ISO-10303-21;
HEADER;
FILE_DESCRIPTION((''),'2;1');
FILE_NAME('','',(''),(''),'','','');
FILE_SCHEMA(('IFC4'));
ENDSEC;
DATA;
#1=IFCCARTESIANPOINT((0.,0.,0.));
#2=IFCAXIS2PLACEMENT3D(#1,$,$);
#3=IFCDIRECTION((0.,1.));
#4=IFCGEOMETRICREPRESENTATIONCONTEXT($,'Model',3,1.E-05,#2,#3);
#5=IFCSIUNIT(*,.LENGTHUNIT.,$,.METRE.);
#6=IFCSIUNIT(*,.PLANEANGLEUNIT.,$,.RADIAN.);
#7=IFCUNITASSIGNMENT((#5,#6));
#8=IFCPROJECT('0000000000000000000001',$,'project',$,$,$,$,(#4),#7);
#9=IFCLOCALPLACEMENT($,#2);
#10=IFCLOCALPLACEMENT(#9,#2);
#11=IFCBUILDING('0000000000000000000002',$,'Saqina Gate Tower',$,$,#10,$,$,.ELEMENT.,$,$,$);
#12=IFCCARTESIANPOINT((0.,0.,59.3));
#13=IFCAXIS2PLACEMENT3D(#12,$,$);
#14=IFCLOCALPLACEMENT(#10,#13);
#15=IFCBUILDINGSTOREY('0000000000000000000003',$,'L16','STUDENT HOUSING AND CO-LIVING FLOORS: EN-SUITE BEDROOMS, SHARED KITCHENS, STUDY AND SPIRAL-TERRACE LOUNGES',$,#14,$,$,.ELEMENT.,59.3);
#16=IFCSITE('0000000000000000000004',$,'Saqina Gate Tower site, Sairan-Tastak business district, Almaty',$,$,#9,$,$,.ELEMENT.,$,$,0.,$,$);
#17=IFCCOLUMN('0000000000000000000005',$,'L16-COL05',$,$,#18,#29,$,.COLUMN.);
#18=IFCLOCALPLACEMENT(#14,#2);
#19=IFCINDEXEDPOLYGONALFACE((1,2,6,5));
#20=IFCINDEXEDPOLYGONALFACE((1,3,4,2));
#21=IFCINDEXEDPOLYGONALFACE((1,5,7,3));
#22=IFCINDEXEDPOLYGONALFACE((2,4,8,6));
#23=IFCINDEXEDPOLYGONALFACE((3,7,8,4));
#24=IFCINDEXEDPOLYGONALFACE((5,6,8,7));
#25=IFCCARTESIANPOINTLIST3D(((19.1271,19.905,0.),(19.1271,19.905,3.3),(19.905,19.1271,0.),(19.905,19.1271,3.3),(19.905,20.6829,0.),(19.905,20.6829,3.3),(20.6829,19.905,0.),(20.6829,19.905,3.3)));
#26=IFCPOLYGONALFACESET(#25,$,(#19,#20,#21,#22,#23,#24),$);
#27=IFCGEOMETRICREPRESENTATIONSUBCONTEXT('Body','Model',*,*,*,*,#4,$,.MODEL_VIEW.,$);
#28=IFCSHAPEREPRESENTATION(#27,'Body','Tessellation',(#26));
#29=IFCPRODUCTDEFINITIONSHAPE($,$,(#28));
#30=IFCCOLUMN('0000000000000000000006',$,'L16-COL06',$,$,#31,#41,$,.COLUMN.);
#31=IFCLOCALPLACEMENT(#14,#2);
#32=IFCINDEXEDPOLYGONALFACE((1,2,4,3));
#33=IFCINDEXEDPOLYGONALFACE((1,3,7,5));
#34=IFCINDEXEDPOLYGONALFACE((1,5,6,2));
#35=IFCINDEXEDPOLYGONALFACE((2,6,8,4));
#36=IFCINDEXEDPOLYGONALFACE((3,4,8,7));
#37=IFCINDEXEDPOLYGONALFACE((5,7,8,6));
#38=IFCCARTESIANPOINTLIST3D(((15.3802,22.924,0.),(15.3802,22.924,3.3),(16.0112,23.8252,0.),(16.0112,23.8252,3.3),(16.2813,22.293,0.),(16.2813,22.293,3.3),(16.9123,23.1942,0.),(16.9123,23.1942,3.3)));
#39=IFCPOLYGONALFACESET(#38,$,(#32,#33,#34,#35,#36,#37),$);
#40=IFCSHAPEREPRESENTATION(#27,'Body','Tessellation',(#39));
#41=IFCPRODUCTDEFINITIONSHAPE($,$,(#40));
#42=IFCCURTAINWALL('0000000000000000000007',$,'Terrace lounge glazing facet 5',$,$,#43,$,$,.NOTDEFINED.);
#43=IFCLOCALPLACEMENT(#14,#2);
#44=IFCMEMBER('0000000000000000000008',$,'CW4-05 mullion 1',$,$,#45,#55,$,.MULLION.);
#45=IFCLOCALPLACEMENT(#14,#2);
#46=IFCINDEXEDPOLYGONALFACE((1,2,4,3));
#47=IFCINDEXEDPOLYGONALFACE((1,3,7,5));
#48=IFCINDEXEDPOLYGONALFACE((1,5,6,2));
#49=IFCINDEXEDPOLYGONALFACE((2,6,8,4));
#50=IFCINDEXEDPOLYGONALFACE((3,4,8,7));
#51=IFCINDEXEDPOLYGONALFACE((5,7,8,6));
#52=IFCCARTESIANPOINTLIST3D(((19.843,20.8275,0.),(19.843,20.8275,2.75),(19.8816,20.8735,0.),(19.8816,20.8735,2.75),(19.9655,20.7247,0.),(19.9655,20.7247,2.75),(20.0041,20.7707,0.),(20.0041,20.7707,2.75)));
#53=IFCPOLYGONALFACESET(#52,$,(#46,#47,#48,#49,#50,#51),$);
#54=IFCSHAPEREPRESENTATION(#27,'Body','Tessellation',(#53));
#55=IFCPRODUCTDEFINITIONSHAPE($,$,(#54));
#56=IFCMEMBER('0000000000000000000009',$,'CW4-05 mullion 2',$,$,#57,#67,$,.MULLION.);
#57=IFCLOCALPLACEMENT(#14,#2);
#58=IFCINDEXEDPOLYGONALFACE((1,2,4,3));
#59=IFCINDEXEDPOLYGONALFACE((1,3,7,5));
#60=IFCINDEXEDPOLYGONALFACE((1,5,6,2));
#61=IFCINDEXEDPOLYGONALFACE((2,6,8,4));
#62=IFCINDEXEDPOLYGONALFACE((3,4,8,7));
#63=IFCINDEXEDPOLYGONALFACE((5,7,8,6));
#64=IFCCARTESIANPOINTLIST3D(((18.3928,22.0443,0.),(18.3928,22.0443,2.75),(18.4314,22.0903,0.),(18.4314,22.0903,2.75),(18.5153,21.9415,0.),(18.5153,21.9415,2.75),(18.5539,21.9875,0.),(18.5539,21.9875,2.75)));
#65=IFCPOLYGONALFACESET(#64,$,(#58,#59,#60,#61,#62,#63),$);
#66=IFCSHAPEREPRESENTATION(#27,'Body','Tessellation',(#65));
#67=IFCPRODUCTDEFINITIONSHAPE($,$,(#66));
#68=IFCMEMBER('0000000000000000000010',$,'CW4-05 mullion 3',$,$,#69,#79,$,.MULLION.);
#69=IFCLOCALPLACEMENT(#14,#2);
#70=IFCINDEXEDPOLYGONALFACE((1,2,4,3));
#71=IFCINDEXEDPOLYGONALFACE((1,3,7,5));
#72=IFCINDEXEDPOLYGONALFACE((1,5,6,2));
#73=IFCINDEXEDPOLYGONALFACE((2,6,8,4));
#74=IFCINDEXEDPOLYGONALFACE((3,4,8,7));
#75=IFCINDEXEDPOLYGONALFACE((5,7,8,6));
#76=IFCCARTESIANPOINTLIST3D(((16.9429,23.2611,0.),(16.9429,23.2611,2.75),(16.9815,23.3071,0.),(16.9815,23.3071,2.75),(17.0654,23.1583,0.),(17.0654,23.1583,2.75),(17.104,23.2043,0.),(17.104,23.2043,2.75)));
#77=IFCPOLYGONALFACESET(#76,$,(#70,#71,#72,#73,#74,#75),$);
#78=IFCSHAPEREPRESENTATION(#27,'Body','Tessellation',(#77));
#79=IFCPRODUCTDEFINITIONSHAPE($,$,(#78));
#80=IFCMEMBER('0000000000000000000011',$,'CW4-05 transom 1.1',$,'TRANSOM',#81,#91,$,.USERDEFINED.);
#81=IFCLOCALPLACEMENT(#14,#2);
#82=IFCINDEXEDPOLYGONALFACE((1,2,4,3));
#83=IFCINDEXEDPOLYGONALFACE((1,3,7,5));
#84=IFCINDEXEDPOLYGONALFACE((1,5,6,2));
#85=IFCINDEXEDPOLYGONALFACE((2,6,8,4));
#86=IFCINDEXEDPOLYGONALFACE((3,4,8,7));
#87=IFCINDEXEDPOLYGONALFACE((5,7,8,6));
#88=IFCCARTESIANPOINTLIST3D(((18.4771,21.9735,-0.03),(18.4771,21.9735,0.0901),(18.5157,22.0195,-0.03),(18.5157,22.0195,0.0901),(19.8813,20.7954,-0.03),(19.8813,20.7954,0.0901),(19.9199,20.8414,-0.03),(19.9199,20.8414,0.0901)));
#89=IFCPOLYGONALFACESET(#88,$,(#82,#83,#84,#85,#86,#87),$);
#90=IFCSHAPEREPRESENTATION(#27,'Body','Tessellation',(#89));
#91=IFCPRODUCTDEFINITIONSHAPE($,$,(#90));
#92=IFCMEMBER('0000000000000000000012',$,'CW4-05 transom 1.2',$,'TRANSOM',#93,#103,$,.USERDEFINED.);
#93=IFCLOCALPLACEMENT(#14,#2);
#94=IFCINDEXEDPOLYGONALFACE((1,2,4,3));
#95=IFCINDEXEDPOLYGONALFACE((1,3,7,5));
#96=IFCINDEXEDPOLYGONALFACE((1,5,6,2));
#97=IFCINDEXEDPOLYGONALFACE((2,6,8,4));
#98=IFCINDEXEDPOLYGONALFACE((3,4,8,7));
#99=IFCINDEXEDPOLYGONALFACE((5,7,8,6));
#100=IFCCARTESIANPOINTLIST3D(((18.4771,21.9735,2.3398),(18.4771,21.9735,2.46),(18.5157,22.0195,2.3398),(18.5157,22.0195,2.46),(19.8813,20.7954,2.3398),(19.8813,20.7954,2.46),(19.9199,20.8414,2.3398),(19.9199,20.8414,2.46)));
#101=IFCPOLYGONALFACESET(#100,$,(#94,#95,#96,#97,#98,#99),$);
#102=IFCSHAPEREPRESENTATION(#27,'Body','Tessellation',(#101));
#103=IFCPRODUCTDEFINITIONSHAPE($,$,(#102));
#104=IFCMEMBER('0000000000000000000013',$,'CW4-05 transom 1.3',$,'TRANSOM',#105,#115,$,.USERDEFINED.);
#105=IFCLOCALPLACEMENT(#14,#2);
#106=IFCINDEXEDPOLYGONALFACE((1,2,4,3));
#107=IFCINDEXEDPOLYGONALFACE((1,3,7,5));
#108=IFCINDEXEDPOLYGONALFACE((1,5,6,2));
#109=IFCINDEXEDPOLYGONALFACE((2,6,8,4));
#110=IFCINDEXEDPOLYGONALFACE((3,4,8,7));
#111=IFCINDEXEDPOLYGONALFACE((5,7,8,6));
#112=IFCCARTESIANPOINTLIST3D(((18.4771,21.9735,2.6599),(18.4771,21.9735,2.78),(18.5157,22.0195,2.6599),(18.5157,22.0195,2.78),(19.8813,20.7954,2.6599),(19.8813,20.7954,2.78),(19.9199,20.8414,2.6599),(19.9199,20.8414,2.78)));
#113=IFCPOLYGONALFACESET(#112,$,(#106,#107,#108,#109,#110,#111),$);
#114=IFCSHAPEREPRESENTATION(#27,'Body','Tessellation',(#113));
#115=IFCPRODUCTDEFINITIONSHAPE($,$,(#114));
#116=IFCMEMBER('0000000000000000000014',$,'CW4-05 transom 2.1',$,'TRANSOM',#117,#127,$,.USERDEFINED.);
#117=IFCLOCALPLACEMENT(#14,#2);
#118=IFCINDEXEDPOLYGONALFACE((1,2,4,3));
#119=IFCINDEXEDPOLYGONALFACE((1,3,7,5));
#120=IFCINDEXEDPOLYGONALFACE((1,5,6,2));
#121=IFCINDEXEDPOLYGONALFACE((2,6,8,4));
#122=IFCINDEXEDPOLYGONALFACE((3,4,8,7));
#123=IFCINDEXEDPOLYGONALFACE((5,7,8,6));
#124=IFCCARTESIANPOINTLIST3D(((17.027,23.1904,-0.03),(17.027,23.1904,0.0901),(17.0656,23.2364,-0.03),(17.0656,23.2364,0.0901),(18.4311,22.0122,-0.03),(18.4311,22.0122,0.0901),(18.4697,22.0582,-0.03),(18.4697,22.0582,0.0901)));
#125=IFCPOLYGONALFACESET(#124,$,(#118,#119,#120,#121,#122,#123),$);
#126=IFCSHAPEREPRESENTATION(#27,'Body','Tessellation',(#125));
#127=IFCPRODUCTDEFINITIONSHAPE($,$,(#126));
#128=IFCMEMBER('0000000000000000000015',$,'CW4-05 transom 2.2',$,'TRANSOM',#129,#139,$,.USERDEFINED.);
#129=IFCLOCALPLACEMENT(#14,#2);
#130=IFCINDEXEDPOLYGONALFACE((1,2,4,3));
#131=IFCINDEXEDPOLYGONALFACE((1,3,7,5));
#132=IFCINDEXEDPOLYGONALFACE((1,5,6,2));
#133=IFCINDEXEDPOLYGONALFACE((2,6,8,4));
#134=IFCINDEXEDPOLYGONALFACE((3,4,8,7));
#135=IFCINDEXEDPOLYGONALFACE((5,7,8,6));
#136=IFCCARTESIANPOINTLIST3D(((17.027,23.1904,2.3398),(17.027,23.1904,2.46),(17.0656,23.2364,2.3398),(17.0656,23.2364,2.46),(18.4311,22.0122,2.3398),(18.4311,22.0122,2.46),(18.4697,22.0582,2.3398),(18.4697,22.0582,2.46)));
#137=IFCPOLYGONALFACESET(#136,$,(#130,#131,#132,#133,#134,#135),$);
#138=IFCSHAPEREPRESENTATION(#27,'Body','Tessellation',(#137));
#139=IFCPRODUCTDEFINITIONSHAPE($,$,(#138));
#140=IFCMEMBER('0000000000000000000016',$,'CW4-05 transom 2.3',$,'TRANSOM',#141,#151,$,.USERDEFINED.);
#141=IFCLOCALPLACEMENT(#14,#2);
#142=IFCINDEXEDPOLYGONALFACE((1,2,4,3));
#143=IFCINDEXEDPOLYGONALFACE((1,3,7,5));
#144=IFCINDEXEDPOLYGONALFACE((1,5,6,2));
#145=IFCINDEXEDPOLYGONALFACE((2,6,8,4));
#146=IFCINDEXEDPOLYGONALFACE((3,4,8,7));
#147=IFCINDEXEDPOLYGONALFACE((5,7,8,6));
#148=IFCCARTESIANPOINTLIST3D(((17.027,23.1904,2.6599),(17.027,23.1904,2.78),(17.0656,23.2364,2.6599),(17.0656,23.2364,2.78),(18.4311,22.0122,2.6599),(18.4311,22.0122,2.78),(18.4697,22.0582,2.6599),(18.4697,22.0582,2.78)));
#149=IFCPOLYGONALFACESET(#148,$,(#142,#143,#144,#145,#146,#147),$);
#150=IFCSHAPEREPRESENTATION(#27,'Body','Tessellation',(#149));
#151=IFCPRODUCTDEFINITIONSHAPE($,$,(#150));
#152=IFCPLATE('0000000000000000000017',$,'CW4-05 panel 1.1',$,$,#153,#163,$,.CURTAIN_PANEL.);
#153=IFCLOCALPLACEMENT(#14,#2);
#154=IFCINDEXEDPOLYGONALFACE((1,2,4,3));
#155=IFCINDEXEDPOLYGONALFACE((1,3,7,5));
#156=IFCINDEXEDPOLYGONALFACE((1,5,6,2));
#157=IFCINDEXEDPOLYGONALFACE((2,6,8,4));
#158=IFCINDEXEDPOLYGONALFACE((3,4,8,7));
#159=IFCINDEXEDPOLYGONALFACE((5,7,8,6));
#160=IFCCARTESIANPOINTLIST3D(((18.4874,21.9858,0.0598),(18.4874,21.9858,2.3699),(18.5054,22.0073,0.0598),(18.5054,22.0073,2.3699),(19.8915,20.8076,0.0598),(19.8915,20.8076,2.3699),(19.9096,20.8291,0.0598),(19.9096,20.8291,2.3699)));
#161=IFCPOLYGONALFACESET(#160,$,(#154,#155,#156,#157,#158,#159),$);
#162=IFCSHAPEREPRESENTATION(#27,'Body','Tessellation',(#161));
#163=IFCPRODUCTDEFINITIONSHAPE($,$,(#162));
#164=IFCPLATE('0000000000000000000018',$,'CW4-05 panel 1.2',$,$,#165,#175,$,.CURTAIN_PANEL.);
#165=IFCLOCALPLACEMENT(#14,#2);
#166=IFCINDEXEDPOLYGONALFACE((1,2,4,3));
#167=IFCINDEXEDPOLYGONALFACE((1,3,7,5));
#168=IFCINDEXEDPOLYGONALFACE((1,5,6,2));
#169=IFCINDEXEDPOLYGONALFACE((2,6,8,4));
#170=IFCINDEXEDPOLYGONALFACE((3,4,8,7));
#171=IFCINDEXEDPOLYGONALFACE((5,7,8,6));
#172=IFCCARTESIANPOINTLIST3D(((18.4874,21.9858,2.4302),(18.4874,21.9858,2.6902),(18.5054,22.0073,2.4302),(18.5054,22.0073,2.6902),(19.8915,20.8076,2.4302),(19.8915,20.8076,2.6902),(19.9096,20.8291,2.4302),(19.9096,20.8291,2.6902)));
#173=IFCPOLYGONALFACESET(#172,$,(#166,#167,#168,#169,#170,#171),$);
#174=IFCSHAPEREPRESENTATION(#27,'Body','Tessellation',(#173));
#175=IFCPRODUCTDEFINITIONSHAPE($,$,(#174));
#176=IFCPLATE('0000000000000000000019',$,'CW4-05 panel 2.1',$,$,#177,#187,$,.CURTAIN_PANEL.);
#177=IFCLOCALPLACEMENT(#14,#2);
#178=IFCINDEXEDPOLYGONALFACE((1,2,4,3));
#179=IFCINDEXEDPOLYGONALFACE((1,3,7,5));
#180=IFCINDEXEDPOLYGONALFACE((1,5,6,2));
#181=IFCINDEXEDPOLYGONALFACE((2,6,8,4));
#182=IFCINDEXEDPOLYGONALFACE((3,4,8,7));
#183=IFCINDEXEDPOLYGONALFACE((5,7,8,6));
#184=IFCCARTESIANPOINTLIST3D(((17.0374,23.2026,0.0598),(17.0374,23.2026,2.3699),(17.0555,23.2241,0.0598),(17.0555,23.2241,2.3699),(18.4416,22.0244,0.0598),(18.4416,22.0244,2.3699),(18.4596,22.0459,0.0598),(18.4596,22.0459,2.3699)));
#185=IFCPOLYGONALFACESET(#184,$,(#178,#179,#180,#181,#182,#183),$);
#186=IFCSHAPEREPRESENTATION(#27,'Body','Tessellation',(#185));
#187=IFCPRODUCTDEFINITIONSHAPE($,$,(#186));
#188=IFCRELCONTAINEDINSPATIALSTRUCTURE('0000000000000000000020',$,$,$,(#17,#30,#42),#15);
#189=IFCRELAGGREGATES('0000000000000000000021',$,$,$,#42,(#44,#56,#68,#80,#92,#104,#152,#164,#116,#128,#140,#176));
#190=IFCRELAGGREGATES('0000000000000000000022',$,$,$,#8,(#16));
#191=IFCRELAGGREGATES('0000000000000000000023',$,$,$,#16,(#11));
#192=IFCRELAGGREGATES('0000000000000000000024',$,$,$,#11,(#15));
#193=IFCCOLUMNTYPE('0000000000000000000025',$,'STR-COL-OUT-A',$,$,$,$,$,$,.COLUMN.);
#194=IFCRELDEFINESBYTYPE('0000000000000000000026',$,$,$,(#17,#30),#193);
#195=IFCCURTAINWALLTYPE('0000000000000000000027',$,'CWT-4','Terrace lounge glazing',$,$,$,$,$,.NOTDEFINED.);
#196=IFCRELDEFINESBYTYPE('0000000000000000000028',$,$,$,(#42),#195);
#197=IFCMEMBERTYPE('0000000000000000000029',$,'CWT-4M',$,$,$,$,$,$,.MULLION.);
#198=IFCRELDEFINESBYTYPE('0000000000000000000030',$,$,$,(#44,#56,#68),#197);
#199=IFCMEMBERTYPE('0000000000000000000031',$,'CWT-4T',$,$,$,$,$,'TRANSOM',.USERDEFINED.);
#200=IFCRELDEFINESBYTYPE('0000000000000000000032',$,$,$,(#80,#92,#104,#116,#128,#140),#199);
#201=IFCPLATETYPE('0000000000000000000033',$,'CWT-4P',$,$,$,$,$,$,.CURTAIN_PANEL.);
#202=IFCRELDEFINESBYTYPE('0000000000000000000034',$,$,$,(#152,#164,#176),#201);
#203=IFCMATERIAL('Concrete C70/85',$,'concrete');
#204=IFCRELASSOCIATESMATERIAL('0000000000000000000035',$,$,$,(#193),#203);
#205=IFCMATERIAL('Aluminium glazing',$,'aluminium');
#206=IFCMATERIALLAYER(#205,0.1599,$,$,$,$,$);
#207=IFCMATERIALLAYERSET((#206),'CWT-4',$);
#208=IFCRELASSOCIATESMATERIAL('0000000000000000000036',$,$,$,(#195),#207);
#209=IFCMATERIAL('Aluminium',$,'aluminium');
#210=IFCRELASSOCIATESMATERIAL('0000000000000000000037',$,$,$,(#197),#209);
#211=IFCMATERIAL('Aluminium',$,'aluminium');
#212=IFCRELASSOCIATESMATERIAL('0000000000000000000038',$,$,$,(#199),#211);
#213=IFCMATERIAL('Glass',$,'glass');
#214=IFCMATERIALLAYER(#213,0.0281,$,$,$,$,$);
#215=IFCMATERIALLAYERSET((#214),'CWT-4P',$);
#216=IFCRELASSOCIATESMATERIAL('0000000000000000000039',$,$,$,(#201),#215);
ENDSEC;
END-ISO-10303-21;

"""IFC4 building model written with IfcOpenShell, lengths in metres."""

from ifc_helpers import new_model, si_unit, direction, frame, origin, origin_2d, place, context, subcontext, project, spatial, rectangle, extrude, material, layer, layer_set, material_profile, profile_set, type_object, element, aggregate, save


model = new_model("IFC4")

# Units and contexts
model_context = context("Model", 3, precision=1e-05, world=origin(), true_north=direction((0.0, 1.0)))
body_context = subcontext(model_context, "Body", "Model", "MODEL_VIEW")
ifc_project = project(units=[si_unit("LENGTHUNIT", "METRE"), si_unit("PLANEANGLEUNIT", "RADIAN")], contexts=[model_context])

# Site, building, storey
site_placement = place(None, origin())
site = spatial("IfcSite", under=ifc_project, at=site_placement, Name="Saqina Gate Tower site, Sairan-Tastak business district, Almaty", CompositionType="ELEMENT", RefElevation=0.0)
building_placement = place(site_placement, origin())
building = spatial("IfcBuilding", under=site, at=building_placement, Name="Saqina Gate Tower", CompositionType="ELEMENT")
storey_placement = place(building_placement, frame((0.0, 0.0, 59.3)))
storey = spatial("IfcBuildingStorey", under=building, at=storey_placement, Name="L16", Description="STUDENT HOUSING AND CO-LIVING FLOORS: EN-SUITE BEDROOMS, SHARED KITCHENS, STUDY AND SPIRAL-TERRACE LOUNGES", CompositionType="ELEMENT", Elevation=59.3)

# Columns
ifc_material_1 = material(Name="Concrete C70/85", Category="concrete")
ifc_material_profile_1 = material_profile(ifc_material_1, rectangle(XDim=1.1001, YDim=1.1001, at=origin_2d()), Name="RC 1100x1100")
ifc_profile_set_1 = profile_set([ifc_material_profile_1], Name="Concrete C70/85")
column_type = type_object("IfcColumnType", Name="STR-COL-OUT-A", PredefinedType="COLUMN", material=ifc_profile_set_1)
for number, where, z_axis, x_axis, name in (
    (1, (19.905, 19.905, 0.0), (0.0, 0.0, 1.0), (0.707107, 0.707107, 0.0), "L16-COL05"),
    (2, (16.1462, 23.0591, 0.0), (0.0, 0.0, 1.0), (0.573576, 0.819152, 0.0), "L16-COL06"),
):
    element("IfcColumn", number, at=place(storey_placement, frame(where, z_axis=z_axis, x_axis=x_axis)), inside=storey, type_object=column_type, Name=name, PredefinedType="COLUMN", context=body_context, shape_type="SweptSolid", body=[
        extrude(rectangle(XDim=1.1001, YDim=1.1001, at=origin_2d()), origin(), (0.0, 0.0, 1.0), 3.3),
    ])

# Curtain wall, members, plates
ifc_material_2 = material(Name="Aluminium glazing", Category="aluminium")
ifc_layer_1 = layer(ifc_material_2, 0.1599)
ifc_layer_set_1 = layer_set([ifc_layer_1], Name="CWT-4")
curtain_wall_type = type_object("IfcCurtainWallType", Name="CWT-4", Description="Terrace lounge glazing", PredefinedType="NOTDEFINED", material=ifc_layer_set_1)
curtain_wall_placement = place(storey_placement, origin())
curtain_wall = element("IfcCurtainWall", 3, at=curtain_wall_placement, inside=storey, type_object=curtain_wall_type, Name="Terrace lounge glazing facet 5", PredefinedType="NOTDEFINED")
ifc_material_3 = material(Name="Aluminium", Category="aluminium")
ifc_material_profile_2 = material_profile(ifc_material_3, rectangle(XDim=0.0601, YDim=0.1599, at=origin_2d()), Name="Aluminium 60x160")
ifc_profile_set_2 = profile_set([ifc_material_profile_2], Name="Aluminium")
member_type_1 = type_object("IfcMemberType", Name="CWT-4M", PredefinedType="MULLION", material=ifc_profile_set_2)
member_1_placement = place(storey_placement, frame((19.9236, 20.7991, 0.0), z_axis=(0.0, 0.0, 1.0), x_axis=(-0.642792, -0.766041, 0.0)))
member_1 = element("IfcMember", 4, at=member_1_placement, type_object=member_type_1, Name="CW4-05 mullion 1", PredefinedType="MULLION", context=body_context, shape_type="SweptSolid", body=[
    extrude(rectangle(XDim=0.0601, YDim=0.1599, at=origin_2d()), origin(), (0.0, 0.0, 1.0), 2.75),
])
member_2_placement = place(storey_placement, frame((18.4734, 22.0159, 0.0), z_axis=(0.0, 0.0, 1.0), x_axis=(-0.642792, -0.766041, 0.0)))
member_2 = element("IfcMember", 5, at=member_2_placement, type_object=member_type_1, Name="CW4-05 mullion 2", PredefinedType="MULLION", context=body_context, shape_type="SweptSolid", body=[
    extrude(rectangle(XDim=0.0601, YDim=0.1599, at=origin_2d()), origin(), (0.0, 0.0, 1.0), 2.75),
])
member_3_placement = place(storey_placement, frame((17.0234, 23.2327, 0.0), z_axis=(0.0, 0.0, 1.0), x_axis=(-0.642792, -0.766041, 0.0)))
member_3 = element("IfcMember", 6, at=member_3_placement, type_object=member_type_1, Name="CW4-05 mullion 3", PredefinedType="MULLION", context=body_context, shape_type="SweptSolid", body=[
    extrude(rectangle(XDim=0.0601, YDim=0.1599, at=origin_2d()), origin(), (0.0, 0.0, 1.0), 2.75),
])
ifc_material_4 = material(Name="Aluminium", Category="aluminium")
ifc_material_profile_3 = material_profile(ifc_material_4, rectangle(XDim=0.0601, YDim=0.1201, at=origin_2d()), Name="Aluminium 60x120")
ifc_profile_set_3 = profile_set([ifc_material_profile_3], Name="Aluminium")
member_type_2 = type_object("IfcMemberType", Name="CWT-4T", ElementType="TRANSOM", PredefinedType="USERDEFINED", material=ifc_profile_set_3)
member_4_placement = place(storey_placement, frame((19.9006, 20.8184, 0.03), z_axis=(-0.766077, 0.642748, 0.0), x_axis=(-0.642748, -0.766077, 0.0)))
member_4 = element("IfcMember", 7, at=member_4_placement, type_object=member_type_2, Name="CW4-05 transom 1.1", ObjectType="TRANSOM", PredefinedType="USERDEFINED", context=body_context, shape_type="SweptSolid", body=[
    extrude(rectangle(XDim=0.0601, YDim=0.1201, at=origin_2d()), origin(), (0.0, 0.0, 1.0), 1.833),
])
member_5_placement = place(storey_placement, frame((19.9006, 20.8184, 2.3999), z_axis=(-0.766077, 0.642748, 0.0), x_axis=(-0.642748, -0.766077, 0.0)))
member_5 = element("IfcMember", 8, at=member_5_placement, type_object=member_type_2, Name="CW4-05 transom 1.2", ObjectType="TRANSOM", PredefinedType="USERDEFINED", context=body_context, shape_type="SweptSolid", body=[
    extrude(rectangle(XDim=0.0601, YDim=0.1201, at=origin_2d()), origin(), (0.0, 0.0, 1.0), 1.833),
])
member_6_placement = place(storey_placement, frame((19.9006, 20.8184, 2.72), z_axis=(-0.766077, 0.642748, 0.0), x_axis=(-0.642748, -0.766077, 0.0)))
member_6 = element("IfcMember", 9, at=member_6_placement, type_object=member_type_2, Name="CW4-05 transom 1.3", ObjectType="TRANSOM", PredefinedType="USERDEFINED", context=body_context, shape_type="SweptSolid", body=[
    extrude(rectangle(XDim=0.0601, YDim=0.1201, at=origin_2d()), origin(), (0.0, 0.0, 1.0), 1.833),
])
member_7_placement = place(storey_placement, frame((18.4504, 22.0352, 0.03), z_axis=(-0.766022, 0.642814, 0.0), x_axis=(-0.642814, -0.766022, 0.0)))
member_7 = element("IfcMember", 10, at=member_7_placement, type_object=member_type_2, Name="CW4-05 transom 2.1", ObjectType="TRANSOM", PredefinedType="USERDEFINED", context=body_context, shape_type="SweptSolid", body=[
    extrude(rectangle(XDim=0.0601, YDim=0.1201, at=origin_2d()), origin(), (0.0, 0.0, 1.0), 1.833),
])
member_8_placement = place(storey_placement, frame((18.4504, 22.0352, 2.3999), z_axis=(-0.766022, 0.642814, 0.0), x_axis=(-0.642814, -0.766022, 0.0)))
member_8 = element("IfcMember", 11, at=member_8_placement, type_object=member_type_2, Name="CW4-05 transom 2.2", ObjectType="TRANSOM", PredefinedType="USERDEFINED", context=body_context, shape_type="SweptSolid", body=[
    extrude(rectangle(XDim=0.0601, YDim=0.1201, at=origin_2d()), origin(), (0.0, 0.0, 1.0), 1.833),
])
member_9_placement = place(storey_placement, frame((18.4504, 22.0352, 2.72), z_axis=(-0.766022, 0.642814, 0.0), x_axis=(-0.642814, -0.766022, 0.0)))
member_9 = element("IfcMember", 12, at=member_9_placement, type_object=member_type_2, Name="CW4-05 transom 2.3", ObjectType="TRANSOM", PredefinedType="USERDEFINED", context=body_context, shape_type="SweptSolid", body=[
    extrude(rectangle(XDim=0.0601, YDim=0.1201, at=origin_2d()), origin(), (0.0, 0.0, 1.0), 1.833),
])
ifc_material_5 = material(Name="Glass", Category="glass")
ifc_layer_2 = layer(ifc_material_5, 0.0281)
ifc_layer_set_2 = layer_set([ifc_layer_2], Name="CWT-4P")
plate_type = type_object("IfcPlateType", Name="CWT-4P", PredefinedType="CURTAIN_PANEL", material=ifc_layer_set_2)
plate_1_placement = place(storey_placement, frame((19.1985, 21.4075, 0.0598), z_axis=(0.0, 0.0, 1.0), x_axis=(-0.766041, 0.642792, 0.0)))
plate_1 = element("IfcPlate", 13, at=plate_1_placement, type_object=plate_type, Name="CW4-05 panel 1.1", PredefinedType="CURTAIN_PANEL", context=body_context, shape_type="SweptSolid", body=[
    extrude(rectangle(XDim=1.833, YDim=0.0281, at=origin_2d()), origin(), (0.0, 0.0, 1.0), 2.3101),
])
plate_2_placement = place(storey_placement, frame((19.1985, 21.4075, 2.4302), z_axis=(0.0, 0.0, 1.0), x_axis=(-0.766041, 0.642792, 0.0)))
plate_2 = element("IfcPlate", 14, at=plate_2_placement, type_object=plate_type, Name="CW4-05 panel 1.2", PredefinedType="CURTAIN_PANEL", context=body_context, shape_type="SweptSolid", body=[
    extrude(rectangle(XDim=1.833, YDim=0.0281, at=origin_2d()), origin(), (0.0, 0.0, 1.0), 0.26),
])
plate_3_placement = place(storey_placement, frame((17.7485, 22.6243, 0.0598), z_axis=(0.0, 0.0, 1.0), x_axis=(-0.766041, 0.642792, 0.0)))
plate_3 = element("IfcPlate", 15, at=plate_3_placement, type_object=plate_type, Name="CW4-05 panel 2.1", PredefinedType="CURTAIN_PANEL", context=body_context, shape_type="SweptSolid", body=[
    extrude(rectangle(XDim=1.833, YDim=0.0281, at=origin_2d()), origin(), (0.0, 0.0, 1.0), 2.3101),
])
aggregate(curtain_wall, [member_1, member_2, member_3, member_4, member_5, member_6, plate_1, plate_2, member_7, member_8, member_9, plate_3])

save(model, "model.ifc")
